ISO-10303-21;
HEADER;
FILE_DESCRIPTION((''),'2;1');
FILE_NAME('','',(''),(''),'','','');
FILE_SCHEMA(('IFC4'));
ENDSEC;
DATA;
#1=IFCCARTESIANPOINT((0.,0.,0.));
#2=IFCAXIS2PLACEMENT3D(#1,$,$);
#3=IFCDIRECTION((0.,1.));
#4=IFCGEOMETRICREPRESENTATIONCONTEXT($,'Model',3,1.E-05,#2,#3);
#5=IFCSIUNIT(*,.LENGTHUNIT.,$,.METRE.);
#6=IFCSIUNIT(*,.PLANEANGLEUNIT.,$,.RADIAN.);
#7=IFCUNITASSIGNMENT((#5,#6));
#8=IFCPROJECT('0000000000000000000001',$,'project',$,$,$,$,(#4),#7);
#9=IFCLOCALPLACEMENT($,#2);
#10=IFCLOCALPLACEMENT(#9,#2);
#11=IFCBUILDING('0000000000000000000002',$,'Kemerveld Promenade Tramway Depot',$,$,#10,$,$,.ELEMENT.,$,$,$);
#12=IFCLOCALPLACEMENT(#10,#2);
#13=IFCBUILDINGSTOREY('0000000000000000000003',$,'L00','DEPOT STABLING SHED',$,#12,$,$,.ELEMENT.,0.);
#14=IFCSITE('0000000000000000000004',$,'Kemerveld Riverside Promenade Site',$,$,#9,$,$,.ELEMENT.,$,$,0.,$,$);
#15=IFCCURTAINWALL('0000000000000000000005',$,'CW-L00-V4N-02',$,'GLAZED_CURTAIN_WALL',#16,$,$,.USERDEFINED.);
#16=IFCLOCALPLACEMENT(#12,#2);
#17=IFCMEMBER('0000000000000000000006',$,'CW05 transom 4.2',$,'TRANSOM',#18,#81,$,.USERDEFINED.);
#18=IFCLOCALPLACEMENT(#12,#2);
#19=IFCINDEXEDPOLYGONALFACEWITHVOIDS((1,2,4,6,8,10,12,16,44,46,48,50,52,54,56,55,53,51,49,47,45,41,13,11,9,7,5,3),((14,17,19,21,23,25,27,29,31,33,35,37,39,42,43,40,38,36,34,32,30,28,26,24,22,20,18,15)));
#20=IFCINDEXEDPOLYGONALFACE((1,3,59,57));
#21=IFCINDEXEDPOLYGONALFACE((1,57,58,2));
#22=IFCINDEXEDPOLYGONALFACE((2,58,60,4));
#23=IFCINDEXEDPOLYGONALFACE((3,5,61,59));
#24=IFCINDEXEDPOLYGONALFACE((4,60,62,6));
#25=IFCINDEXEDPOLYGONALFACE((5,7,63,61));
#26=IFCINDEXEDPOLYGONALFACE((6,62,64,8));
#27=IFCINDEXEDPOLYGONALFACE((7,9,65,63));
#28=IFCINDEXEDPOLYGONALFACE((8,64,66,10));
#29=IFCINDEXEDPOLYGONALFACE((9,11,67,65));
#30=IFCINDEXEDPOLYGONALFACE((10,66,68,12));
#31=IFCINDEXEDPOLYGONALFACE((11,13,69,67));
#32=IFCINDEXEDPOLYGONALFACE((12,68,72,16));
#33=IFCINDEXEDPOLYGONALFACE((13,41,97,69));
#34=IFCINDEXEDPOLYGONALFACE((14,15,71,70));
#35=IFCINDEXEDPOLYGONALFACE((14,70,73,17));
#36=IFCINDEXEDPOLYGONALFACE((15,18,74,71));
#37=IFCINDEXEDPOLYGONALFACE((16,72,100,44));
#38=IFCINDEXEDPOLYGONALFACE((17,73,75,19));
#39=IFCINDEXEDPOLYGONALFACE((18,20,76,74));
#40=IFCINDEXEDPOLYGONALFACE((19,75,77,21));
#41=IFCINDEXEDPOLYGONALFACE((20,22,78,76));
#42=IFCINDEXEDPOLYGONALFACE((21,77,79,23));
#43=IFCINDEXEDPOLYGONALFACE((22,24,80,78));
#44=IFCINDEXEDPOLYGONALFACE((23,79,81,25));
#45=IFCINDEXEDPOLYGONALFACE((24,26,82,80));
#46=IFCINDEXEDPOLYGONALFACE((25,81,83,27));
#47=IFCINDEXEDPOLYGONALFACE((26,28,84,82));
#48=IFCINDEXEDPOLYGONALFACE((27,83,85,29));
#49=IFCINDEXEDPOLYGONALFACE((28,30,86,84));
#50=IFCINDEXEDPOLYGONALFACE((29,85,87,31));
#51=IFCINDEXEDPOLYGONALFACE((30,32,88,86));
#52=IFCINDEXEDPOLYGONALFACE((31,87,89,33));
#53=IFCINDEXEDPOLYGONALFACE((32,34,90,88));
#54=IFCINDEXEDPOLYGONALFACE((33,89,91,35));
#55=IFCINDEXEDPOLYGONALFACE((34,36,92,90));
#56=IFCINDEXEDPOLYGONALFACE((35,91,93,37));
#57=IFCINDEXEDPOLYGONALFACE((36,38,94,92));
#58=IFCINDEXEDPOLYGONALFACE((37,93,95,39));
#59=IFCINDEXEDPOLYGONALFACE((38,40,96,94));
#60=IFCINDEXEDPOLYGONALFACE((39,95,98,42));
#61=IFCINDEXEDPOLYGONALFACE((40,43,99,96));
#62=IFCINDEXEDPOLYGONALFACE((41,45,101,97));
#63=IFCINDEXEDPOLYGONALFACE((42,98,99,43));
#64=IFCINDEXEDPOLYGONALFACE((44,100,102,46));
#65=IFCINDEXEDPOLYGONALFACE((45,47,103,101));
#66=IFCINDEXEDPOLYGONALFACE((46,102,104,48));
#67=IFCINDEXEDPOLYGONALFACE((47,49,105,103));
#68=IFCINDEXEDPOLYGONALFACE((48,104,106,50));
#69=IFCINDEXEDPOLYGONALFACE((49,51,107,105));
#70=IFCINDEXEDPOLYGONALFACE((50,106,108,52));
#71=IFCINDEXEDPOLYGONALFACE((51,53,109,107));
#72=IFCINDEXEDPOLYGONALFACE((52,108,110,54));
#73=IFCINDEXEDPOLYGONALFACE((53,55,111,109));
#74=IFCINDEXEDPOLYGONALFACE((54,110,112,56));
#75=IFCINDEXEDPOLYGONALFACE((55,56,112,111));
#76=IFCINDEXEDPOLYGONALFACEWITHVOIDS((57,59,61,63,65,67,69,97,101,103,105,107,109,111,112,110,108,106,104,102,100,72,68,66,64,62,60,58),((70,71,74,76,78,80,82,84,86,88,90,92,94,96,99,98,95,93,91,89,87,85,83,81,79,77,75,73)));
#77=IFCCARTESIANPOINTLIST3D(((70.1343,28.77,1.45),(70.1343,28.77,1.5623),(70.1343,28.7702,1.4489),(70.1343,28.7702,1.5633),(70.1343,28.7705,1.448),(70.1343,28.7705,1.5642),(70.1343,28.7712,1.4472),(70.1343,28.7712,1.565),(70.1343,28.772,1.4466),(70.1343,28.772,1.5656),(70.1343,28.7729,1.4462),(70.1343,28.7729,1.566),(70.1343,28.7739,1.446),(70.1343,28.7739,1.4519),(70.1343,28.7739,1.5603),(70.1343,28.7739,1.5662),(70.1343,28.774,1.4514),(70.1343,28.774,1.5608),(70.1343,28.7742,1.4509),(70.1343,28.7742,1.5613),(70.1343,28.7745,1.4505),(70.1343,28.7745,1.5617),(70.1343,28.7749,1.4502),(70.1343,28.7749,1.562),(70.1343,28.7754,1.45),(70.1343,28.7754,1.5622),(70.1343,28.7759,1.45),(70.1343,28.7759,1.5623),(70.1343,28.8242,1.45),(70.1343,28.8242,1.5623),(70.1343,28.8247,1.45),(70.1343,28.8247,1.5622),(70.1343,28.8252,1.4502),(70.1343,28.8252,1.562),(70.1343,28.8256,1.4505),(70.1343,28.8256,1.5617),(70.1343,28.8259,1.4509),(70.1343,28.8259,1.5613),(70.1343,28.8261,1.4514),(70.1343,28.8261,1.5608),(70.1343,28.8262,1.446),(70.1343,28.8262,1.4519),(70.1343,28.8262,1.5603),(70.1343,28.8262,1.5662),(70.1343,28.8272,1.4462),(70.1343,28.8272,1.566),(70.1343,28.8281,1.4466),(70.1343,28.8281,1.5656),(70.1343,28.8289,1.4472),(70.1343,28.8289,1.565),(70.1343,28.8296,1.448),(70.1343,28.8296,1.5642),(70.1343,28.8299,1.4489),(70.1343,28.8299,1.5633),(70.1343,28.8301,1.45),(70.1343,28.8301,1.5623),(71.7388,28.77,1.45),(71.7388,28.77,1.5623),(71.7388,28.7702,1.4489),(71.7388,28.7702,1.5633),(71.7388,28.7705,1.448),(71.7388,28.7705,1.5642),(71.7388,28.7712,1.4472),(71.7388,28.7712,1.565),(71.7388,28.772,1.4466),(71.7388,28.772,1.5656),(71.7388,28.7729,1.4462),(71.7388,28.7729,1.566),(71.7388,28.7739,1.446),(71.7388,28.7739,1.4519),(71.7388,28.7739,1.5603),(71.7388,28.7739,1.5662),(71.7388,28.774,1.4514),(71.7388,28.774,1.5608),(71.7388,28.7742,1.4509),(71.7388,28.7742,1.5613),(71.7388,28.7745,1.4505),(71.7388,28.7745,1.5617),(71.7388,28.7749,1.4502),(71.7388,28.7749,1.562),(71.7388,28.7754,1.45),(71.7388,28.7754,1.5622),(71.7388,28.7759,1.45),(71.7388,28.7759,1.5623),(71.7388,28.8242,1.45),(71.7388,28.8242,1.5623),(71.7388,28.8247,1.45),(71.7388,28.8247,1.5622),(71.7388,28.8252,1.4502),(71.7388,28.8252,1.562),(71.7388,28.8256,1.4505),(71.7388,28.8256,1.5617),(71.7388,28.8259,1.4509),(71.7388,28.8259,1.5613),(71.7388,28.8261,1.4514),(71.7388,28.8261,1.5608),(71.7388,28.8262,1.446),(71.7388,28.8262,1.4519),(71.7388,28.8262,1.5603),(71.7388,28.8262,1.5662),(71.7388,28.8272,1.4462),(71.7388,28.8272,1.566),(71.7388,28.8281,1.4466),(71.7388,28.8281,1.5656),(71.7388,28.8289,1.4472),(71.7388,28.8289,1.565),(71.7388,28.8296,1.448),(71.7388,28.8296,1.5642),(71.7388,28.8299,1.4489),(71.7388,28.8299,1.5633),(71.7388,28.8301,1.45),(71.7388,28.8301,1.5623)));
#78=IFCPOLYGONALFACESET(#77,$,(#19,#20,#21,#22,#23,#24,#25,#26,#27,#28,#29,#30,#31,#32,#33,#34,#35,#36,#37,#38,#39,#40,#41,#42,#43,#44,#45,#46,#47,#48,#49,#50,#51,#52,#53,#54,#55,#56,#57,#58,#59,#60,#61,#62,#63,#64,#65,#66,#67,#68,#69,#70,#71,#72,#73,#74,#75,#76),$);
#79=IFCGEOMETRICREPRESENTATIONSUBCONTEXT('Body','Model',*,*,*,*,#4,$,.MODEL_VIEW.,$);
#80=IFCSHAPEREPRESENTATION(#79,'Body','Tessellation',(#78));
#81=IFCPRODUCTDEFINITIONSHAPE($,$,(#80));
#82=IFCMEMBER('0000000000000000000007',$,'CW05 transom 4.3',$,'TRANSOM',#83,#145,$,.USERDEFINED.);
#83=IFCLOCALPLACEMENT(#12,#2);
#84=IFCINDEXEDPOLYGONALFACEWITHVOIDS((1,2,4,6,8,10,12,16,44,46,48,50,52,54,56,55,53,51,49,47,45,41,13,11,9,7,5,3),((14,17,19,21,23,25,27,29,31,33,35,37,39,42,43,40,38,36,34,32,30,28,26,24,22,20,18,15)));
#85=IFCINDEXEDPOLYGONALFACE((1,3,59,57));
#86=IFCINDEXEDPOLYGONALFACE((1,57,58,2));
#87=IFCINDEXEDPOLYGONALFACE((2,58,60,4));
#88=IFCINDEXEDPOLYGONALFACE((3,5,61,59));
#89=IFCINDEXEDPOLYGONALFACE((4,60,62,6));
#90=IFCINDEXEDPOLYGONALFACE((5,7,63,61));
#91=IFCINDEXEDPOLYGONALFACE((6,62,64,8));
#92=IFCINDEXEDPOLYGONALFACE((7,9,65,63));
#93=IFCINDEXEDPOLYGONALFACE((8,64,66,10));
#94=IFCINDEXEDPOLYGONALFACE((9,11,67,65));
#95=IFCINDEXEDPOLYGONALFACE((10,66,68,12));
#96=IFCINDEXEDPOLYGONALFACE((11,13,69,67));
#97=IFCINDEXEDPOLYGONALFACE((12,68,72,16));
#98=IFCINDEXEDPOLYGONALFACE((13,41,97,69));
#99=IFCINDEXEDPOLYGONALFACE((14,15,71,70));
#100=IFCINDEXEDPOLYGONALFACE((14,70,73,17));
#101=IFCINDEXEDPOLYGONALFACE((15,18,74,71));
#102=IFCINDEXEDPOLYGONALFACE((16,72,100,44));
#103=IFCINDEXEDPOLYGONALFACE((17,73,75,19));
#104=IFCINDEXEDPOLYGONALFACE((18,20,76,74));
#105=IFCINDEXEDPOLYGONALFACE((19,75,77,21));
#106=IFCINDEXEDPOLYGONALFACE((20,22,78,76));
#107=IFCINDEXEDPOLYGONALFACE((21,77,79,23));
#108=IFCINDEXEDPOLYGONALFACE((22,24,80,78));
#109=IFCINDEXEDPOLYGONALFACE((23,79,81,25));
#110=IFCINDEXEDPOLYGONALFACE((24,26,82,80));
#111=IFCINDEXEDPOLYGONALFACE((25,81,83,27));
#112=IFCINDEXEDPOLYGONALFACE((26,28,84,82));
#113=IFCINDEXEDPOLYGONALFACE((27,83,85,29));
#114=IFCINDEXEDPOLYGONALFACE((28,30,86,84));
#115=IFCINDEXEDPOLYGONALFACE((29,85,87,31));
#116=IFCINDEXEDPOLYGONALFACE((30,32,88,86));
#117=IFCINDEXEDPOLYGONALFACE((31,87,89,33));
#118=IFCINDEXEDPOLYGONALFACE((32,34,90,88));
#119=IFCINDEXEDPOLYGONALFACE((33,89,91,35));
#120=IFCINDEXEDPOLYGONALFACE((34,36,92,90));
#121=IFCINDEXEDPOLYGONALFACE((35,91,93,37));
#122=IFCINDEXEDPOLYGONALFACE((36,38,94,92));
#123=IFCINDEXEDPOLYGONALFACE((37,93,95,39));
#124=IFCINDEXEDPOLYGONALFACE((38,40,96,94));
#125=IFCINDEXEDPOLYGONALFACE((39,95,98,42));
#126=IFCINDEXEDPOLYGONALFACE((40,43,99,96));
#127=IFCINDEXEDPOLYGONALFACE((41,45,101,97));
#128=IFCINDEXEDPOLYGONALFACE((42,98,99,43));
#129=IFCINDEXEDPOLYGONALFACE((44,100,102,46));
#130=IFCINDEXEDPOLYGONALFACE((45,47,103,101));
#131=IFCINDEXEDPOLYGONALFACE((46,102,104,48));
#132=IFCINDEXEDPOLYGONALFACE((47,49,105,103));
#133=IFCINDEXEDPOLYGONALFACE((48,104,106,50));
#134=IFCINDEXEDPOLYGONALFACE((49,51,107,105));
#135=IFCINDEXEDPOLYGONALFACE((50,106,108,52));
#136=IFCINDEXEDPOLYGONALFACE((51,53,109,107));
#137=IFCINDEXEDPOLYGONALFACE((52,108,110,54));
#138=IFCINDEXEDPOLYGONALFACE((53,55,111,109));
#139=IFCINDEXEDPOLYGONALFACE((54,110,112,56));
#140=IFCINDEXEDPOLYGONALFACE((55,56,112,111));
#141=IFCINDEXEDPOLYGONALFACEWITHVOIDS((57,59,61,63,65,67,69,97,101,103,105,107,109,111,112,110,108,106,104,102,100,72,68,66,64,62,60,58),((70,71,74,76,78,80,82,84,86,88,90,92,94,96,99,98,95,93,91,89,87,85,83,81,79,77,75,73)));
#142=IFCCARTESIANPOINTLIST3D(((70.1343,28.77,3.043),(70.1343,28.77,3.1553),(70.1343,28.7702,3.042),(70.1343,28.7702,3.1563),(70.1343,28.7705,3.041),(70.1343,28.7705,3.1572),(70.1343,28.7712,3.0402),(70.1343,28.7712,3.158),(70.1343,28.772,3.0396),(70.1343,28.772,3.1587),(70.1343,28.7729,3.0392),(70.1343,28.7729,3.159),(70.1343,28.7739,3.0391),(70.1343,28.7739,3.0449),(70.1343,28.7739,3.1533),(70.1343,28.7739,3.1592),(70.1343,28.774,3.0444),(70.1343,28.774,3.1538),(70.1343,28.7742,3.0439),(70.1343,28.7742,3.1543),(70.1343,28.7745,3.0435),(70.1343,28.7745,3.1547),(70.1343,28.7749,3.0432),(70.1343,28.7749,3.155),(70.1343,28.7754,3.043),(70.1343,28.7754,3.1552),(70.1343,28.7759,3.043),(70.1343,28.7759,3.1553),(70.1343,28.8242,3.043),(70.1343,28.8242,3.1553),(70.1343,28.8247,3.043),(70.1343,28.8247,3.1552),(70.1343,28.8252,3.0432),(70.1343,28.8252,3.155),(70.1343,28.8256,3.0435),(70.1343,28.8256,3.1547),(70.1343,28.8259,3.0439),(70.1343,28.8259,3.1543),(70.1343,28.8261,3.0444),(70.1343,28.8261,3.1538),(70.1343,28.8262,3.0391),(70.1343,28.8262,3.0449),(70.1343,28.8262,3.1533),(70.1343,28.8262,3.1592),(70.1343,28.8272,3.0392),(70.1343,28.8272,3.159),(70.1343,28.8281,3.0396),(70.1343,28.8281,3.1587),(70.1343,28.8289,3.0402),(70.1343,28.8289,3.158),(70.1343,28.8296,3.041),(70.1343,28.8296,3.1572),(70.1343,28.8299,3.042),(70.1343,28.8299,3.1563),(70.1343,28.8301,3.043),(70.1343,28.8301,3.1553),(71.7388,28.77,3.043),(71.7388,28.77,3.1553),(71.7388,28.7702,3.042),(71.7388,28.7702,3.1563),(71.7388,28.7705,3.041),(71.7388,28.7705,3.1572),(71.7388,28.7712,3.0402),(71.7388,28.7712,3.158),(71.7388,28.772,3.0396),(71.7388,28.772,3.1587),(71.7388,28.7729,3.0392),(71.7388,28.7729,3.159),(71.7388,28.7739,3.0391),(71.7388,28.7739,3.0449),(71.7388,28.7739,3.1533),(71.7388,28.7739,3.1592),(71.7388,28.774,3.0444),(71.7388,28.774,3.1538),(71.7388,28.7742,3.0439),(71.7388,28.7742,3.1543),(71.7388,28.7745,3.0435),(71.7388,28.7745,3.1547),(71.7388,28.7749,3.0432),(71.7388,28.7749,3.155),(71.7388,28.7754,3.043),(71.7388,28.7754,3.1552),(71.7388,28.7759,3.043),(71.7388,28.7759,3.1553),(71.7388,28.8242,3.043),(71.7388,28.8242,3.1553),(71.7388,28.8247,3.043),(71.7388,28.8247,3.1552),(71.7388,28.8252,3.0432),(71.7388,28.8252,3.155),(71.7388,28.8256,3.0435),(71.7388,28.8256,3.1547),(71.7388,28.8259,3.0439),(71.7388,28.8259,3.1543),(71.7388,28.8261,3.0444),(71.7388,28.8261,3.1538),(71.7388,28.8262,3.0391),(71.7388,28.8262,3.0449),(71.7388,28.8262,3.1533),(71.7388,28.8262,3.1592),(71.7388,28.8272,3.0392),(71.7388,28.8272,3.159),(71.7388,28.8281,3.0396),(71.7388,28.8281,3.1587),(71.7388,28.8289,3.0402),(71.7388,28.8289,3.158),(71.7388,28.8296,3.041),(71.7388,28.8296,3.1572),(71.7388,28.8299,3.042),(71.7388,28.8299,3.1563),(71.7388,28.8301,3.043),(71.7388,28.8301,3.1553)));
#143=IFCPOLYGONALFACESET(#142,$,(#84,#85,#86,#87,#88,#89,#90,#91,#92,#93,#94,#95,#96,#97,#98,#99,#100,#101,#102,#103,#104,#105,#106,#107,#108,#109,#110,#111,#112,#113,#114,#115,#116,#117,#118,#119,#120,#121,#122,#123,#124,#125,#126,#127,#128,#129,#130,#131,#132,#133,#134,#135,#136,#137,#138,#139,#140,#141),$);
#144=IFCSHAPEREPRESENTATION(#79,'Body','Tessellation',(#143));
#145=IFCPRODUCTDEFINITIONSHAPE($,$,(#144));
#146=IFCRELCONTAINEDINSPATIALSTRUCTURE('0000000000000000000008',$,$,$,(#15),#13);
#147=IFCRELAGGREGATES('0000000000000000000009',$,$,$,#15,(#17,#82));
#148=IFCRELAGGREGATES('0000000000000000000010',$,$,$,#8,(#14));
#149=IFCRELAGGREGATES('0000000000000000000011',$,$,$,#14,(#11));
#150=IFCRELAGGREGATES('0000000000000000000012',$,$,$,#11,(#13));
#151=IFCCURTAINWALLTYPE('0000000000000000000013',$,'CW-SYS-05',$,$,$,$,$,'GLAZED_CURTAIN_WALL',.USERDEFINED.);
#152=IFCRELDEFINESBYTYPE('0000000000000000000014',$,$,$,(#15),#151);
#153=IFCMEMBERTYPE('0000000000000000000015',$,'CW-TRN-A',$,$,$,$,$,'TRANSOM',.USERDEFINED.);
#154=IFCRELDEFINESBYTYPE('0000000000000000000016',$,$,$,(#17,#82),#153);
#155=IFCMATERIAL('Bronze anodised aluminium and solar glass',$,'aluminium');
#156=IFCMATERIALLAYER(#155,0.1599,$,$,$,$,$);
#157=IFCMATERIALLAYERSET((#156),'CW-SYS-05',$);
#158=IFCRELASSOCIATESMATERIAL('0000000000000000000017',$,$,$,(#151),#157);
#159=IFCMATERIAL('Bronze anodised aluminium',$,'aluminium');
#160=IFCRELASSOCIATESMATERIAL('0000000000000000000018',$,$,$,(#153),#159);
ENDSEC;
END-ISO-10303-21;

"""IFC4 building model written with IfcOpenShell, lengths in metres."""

from ifc_helpers import new_model, si_unit, direction, frame, origin, origin_2d, place, context, subcontext, project, spatial, hollow_rectangle, extrude, material, layer, layer_set, material_profile, profile_set, type_object, element, aggregate, save


model = new_model("IFC4")

# Units and contexts
model_context = context("Model", 3, precision=1e-05, world=origin(), true_north=direction((0.0, 1.0)))
body_context = subcontext(model_context, "Body", "Model", "MODEL_VIEW")
ifc_project = project(units=[si_unit("LENGTHUNIT", "METRE"), si_unit("PLANEANGLEUNIT", "RADIAN")], contexts=[model_context])

# Site, building, storey
site_placement = place(None, origin())
site = spatial("IfcSite", under=ifc_project, at=site_placement, Name="Kemerveld Riverside Promenade Site", CompositionType="ELEMENT", RefElevation=0.0)
building_placement = place(site_placement, origin())
building = spatial("IfcBuilding", under=site, at=building_placement, Name="Kemerveld Promenade Tramway Depot", CompositionType="ELEMENT")
storey_placement = place(building_placement, origin())
storey = spatial("IfcBuildingStorey", under=building, at=storey_placement, Name="L00", Description="DEPOT STABLING SHED", CompositionType="ELEMENT", Elevation=0.0)

# Curtain wall, members
ifc_material_1 = material(Name="Bronze anodised aluminium and solar glass", Category="aluminium")
ifc_layer_1 = layer(ifc_material_1, 0.1599)
ifc_layer_set_1 = layer_set([ifc_layer_1], Name="CW-SYS-05")
curtain_wall_type = type_object("IfcCurtainWallType", Name="CW-SYS-05", ElementType="GLAZED_CURTAIN_WALL", PredefinedType="USERDEFINED", material=ifc_layer_set_1)
curtain_wall_placement = place(storey_placement, origin())
curtain_wall = element("IfcCurtainWall", 1, at=curtain_wall_placement, inside=storey, type_object=curtain_wall_type, Name="CW-L00-V4N-02", ObjectType="GLAZED_CURTAIN_WALL", PredefinedType="USERDEFINED")
ifc_material_2 = material(Name="Bronze anodised aluminium", Category="aluminium")
ifc_material_profile_1 = material_profile(ifc_material_2, hollow_rectangle(XDim=0.0601, YDim=0.1201, WallThickness=0.0039, InnerFilletRadius=0.002, OuterFilletRadius=0.0039, at=origin_2d()), Name="CW-TRN-120x60")
ifc_profile_set_1 = profile_set([ifc_material_profile_1], Name="Bronze anodised aluminium")
member_type_1 = type_object("IfcMemberType", Name="CW-TRN-A", ElementType="TRANSOM", PredefinedType="USERDEFINED", material=ifc_profile_set_1)
member_1_placement = place(storey_placement, frame((70.1343, 28.8, 1.5061), z_axis=(1.0, 0.0, 0.0), x_axis=(0.0, 1.0, 0.0)))
member_1 = element("IfcMember", 2, at=member_1_placement, type_object=member_type_1, Name="CW05 transom 4.2", ObjectType="TRANSOM", PredefinedType="USERDEFINED", context=body_context, shape_type="SweptSolid", body=[
    extrude(hollow_rectangle(XDim=0.0601, YDim=0.1201, WallThickness=0.0039, InnerFilletRadius=0.002, OuterFilletRadius=0.0039, at=origin_2d()), origin(), (0.0, 0.0, 1.0), 1.6045),
])
member_2_placement = place(storey_placement, frame((70.1343, 28.8, 3.0991), z_axis=(1.0, 0.0, 0.0), x_axis=(0.0, 1.0, 0.0)))
member_2 = element("IfcMember", 3, at=member_2_placement, type_object=member_type_1, Name="CW05 transom 4.3", ObjectType="TRANSOM", PredefinedType="USERDEFINED", context=body_context, shape_type="SweptSolid", body=[
    extrude(hollow_rectangle(XDim=0.0601, YDim=0.1201, WallThickness=0.0039, InnerFilletRadius=0.002, OuterFilletRadius=0.0039, at=origin_2d()), origin(), (0.0, 0.0, 1.0), 1.6045),
])
aggregate(curtain_wall, [member_1, member_2])

save(model, "model.ifc")
